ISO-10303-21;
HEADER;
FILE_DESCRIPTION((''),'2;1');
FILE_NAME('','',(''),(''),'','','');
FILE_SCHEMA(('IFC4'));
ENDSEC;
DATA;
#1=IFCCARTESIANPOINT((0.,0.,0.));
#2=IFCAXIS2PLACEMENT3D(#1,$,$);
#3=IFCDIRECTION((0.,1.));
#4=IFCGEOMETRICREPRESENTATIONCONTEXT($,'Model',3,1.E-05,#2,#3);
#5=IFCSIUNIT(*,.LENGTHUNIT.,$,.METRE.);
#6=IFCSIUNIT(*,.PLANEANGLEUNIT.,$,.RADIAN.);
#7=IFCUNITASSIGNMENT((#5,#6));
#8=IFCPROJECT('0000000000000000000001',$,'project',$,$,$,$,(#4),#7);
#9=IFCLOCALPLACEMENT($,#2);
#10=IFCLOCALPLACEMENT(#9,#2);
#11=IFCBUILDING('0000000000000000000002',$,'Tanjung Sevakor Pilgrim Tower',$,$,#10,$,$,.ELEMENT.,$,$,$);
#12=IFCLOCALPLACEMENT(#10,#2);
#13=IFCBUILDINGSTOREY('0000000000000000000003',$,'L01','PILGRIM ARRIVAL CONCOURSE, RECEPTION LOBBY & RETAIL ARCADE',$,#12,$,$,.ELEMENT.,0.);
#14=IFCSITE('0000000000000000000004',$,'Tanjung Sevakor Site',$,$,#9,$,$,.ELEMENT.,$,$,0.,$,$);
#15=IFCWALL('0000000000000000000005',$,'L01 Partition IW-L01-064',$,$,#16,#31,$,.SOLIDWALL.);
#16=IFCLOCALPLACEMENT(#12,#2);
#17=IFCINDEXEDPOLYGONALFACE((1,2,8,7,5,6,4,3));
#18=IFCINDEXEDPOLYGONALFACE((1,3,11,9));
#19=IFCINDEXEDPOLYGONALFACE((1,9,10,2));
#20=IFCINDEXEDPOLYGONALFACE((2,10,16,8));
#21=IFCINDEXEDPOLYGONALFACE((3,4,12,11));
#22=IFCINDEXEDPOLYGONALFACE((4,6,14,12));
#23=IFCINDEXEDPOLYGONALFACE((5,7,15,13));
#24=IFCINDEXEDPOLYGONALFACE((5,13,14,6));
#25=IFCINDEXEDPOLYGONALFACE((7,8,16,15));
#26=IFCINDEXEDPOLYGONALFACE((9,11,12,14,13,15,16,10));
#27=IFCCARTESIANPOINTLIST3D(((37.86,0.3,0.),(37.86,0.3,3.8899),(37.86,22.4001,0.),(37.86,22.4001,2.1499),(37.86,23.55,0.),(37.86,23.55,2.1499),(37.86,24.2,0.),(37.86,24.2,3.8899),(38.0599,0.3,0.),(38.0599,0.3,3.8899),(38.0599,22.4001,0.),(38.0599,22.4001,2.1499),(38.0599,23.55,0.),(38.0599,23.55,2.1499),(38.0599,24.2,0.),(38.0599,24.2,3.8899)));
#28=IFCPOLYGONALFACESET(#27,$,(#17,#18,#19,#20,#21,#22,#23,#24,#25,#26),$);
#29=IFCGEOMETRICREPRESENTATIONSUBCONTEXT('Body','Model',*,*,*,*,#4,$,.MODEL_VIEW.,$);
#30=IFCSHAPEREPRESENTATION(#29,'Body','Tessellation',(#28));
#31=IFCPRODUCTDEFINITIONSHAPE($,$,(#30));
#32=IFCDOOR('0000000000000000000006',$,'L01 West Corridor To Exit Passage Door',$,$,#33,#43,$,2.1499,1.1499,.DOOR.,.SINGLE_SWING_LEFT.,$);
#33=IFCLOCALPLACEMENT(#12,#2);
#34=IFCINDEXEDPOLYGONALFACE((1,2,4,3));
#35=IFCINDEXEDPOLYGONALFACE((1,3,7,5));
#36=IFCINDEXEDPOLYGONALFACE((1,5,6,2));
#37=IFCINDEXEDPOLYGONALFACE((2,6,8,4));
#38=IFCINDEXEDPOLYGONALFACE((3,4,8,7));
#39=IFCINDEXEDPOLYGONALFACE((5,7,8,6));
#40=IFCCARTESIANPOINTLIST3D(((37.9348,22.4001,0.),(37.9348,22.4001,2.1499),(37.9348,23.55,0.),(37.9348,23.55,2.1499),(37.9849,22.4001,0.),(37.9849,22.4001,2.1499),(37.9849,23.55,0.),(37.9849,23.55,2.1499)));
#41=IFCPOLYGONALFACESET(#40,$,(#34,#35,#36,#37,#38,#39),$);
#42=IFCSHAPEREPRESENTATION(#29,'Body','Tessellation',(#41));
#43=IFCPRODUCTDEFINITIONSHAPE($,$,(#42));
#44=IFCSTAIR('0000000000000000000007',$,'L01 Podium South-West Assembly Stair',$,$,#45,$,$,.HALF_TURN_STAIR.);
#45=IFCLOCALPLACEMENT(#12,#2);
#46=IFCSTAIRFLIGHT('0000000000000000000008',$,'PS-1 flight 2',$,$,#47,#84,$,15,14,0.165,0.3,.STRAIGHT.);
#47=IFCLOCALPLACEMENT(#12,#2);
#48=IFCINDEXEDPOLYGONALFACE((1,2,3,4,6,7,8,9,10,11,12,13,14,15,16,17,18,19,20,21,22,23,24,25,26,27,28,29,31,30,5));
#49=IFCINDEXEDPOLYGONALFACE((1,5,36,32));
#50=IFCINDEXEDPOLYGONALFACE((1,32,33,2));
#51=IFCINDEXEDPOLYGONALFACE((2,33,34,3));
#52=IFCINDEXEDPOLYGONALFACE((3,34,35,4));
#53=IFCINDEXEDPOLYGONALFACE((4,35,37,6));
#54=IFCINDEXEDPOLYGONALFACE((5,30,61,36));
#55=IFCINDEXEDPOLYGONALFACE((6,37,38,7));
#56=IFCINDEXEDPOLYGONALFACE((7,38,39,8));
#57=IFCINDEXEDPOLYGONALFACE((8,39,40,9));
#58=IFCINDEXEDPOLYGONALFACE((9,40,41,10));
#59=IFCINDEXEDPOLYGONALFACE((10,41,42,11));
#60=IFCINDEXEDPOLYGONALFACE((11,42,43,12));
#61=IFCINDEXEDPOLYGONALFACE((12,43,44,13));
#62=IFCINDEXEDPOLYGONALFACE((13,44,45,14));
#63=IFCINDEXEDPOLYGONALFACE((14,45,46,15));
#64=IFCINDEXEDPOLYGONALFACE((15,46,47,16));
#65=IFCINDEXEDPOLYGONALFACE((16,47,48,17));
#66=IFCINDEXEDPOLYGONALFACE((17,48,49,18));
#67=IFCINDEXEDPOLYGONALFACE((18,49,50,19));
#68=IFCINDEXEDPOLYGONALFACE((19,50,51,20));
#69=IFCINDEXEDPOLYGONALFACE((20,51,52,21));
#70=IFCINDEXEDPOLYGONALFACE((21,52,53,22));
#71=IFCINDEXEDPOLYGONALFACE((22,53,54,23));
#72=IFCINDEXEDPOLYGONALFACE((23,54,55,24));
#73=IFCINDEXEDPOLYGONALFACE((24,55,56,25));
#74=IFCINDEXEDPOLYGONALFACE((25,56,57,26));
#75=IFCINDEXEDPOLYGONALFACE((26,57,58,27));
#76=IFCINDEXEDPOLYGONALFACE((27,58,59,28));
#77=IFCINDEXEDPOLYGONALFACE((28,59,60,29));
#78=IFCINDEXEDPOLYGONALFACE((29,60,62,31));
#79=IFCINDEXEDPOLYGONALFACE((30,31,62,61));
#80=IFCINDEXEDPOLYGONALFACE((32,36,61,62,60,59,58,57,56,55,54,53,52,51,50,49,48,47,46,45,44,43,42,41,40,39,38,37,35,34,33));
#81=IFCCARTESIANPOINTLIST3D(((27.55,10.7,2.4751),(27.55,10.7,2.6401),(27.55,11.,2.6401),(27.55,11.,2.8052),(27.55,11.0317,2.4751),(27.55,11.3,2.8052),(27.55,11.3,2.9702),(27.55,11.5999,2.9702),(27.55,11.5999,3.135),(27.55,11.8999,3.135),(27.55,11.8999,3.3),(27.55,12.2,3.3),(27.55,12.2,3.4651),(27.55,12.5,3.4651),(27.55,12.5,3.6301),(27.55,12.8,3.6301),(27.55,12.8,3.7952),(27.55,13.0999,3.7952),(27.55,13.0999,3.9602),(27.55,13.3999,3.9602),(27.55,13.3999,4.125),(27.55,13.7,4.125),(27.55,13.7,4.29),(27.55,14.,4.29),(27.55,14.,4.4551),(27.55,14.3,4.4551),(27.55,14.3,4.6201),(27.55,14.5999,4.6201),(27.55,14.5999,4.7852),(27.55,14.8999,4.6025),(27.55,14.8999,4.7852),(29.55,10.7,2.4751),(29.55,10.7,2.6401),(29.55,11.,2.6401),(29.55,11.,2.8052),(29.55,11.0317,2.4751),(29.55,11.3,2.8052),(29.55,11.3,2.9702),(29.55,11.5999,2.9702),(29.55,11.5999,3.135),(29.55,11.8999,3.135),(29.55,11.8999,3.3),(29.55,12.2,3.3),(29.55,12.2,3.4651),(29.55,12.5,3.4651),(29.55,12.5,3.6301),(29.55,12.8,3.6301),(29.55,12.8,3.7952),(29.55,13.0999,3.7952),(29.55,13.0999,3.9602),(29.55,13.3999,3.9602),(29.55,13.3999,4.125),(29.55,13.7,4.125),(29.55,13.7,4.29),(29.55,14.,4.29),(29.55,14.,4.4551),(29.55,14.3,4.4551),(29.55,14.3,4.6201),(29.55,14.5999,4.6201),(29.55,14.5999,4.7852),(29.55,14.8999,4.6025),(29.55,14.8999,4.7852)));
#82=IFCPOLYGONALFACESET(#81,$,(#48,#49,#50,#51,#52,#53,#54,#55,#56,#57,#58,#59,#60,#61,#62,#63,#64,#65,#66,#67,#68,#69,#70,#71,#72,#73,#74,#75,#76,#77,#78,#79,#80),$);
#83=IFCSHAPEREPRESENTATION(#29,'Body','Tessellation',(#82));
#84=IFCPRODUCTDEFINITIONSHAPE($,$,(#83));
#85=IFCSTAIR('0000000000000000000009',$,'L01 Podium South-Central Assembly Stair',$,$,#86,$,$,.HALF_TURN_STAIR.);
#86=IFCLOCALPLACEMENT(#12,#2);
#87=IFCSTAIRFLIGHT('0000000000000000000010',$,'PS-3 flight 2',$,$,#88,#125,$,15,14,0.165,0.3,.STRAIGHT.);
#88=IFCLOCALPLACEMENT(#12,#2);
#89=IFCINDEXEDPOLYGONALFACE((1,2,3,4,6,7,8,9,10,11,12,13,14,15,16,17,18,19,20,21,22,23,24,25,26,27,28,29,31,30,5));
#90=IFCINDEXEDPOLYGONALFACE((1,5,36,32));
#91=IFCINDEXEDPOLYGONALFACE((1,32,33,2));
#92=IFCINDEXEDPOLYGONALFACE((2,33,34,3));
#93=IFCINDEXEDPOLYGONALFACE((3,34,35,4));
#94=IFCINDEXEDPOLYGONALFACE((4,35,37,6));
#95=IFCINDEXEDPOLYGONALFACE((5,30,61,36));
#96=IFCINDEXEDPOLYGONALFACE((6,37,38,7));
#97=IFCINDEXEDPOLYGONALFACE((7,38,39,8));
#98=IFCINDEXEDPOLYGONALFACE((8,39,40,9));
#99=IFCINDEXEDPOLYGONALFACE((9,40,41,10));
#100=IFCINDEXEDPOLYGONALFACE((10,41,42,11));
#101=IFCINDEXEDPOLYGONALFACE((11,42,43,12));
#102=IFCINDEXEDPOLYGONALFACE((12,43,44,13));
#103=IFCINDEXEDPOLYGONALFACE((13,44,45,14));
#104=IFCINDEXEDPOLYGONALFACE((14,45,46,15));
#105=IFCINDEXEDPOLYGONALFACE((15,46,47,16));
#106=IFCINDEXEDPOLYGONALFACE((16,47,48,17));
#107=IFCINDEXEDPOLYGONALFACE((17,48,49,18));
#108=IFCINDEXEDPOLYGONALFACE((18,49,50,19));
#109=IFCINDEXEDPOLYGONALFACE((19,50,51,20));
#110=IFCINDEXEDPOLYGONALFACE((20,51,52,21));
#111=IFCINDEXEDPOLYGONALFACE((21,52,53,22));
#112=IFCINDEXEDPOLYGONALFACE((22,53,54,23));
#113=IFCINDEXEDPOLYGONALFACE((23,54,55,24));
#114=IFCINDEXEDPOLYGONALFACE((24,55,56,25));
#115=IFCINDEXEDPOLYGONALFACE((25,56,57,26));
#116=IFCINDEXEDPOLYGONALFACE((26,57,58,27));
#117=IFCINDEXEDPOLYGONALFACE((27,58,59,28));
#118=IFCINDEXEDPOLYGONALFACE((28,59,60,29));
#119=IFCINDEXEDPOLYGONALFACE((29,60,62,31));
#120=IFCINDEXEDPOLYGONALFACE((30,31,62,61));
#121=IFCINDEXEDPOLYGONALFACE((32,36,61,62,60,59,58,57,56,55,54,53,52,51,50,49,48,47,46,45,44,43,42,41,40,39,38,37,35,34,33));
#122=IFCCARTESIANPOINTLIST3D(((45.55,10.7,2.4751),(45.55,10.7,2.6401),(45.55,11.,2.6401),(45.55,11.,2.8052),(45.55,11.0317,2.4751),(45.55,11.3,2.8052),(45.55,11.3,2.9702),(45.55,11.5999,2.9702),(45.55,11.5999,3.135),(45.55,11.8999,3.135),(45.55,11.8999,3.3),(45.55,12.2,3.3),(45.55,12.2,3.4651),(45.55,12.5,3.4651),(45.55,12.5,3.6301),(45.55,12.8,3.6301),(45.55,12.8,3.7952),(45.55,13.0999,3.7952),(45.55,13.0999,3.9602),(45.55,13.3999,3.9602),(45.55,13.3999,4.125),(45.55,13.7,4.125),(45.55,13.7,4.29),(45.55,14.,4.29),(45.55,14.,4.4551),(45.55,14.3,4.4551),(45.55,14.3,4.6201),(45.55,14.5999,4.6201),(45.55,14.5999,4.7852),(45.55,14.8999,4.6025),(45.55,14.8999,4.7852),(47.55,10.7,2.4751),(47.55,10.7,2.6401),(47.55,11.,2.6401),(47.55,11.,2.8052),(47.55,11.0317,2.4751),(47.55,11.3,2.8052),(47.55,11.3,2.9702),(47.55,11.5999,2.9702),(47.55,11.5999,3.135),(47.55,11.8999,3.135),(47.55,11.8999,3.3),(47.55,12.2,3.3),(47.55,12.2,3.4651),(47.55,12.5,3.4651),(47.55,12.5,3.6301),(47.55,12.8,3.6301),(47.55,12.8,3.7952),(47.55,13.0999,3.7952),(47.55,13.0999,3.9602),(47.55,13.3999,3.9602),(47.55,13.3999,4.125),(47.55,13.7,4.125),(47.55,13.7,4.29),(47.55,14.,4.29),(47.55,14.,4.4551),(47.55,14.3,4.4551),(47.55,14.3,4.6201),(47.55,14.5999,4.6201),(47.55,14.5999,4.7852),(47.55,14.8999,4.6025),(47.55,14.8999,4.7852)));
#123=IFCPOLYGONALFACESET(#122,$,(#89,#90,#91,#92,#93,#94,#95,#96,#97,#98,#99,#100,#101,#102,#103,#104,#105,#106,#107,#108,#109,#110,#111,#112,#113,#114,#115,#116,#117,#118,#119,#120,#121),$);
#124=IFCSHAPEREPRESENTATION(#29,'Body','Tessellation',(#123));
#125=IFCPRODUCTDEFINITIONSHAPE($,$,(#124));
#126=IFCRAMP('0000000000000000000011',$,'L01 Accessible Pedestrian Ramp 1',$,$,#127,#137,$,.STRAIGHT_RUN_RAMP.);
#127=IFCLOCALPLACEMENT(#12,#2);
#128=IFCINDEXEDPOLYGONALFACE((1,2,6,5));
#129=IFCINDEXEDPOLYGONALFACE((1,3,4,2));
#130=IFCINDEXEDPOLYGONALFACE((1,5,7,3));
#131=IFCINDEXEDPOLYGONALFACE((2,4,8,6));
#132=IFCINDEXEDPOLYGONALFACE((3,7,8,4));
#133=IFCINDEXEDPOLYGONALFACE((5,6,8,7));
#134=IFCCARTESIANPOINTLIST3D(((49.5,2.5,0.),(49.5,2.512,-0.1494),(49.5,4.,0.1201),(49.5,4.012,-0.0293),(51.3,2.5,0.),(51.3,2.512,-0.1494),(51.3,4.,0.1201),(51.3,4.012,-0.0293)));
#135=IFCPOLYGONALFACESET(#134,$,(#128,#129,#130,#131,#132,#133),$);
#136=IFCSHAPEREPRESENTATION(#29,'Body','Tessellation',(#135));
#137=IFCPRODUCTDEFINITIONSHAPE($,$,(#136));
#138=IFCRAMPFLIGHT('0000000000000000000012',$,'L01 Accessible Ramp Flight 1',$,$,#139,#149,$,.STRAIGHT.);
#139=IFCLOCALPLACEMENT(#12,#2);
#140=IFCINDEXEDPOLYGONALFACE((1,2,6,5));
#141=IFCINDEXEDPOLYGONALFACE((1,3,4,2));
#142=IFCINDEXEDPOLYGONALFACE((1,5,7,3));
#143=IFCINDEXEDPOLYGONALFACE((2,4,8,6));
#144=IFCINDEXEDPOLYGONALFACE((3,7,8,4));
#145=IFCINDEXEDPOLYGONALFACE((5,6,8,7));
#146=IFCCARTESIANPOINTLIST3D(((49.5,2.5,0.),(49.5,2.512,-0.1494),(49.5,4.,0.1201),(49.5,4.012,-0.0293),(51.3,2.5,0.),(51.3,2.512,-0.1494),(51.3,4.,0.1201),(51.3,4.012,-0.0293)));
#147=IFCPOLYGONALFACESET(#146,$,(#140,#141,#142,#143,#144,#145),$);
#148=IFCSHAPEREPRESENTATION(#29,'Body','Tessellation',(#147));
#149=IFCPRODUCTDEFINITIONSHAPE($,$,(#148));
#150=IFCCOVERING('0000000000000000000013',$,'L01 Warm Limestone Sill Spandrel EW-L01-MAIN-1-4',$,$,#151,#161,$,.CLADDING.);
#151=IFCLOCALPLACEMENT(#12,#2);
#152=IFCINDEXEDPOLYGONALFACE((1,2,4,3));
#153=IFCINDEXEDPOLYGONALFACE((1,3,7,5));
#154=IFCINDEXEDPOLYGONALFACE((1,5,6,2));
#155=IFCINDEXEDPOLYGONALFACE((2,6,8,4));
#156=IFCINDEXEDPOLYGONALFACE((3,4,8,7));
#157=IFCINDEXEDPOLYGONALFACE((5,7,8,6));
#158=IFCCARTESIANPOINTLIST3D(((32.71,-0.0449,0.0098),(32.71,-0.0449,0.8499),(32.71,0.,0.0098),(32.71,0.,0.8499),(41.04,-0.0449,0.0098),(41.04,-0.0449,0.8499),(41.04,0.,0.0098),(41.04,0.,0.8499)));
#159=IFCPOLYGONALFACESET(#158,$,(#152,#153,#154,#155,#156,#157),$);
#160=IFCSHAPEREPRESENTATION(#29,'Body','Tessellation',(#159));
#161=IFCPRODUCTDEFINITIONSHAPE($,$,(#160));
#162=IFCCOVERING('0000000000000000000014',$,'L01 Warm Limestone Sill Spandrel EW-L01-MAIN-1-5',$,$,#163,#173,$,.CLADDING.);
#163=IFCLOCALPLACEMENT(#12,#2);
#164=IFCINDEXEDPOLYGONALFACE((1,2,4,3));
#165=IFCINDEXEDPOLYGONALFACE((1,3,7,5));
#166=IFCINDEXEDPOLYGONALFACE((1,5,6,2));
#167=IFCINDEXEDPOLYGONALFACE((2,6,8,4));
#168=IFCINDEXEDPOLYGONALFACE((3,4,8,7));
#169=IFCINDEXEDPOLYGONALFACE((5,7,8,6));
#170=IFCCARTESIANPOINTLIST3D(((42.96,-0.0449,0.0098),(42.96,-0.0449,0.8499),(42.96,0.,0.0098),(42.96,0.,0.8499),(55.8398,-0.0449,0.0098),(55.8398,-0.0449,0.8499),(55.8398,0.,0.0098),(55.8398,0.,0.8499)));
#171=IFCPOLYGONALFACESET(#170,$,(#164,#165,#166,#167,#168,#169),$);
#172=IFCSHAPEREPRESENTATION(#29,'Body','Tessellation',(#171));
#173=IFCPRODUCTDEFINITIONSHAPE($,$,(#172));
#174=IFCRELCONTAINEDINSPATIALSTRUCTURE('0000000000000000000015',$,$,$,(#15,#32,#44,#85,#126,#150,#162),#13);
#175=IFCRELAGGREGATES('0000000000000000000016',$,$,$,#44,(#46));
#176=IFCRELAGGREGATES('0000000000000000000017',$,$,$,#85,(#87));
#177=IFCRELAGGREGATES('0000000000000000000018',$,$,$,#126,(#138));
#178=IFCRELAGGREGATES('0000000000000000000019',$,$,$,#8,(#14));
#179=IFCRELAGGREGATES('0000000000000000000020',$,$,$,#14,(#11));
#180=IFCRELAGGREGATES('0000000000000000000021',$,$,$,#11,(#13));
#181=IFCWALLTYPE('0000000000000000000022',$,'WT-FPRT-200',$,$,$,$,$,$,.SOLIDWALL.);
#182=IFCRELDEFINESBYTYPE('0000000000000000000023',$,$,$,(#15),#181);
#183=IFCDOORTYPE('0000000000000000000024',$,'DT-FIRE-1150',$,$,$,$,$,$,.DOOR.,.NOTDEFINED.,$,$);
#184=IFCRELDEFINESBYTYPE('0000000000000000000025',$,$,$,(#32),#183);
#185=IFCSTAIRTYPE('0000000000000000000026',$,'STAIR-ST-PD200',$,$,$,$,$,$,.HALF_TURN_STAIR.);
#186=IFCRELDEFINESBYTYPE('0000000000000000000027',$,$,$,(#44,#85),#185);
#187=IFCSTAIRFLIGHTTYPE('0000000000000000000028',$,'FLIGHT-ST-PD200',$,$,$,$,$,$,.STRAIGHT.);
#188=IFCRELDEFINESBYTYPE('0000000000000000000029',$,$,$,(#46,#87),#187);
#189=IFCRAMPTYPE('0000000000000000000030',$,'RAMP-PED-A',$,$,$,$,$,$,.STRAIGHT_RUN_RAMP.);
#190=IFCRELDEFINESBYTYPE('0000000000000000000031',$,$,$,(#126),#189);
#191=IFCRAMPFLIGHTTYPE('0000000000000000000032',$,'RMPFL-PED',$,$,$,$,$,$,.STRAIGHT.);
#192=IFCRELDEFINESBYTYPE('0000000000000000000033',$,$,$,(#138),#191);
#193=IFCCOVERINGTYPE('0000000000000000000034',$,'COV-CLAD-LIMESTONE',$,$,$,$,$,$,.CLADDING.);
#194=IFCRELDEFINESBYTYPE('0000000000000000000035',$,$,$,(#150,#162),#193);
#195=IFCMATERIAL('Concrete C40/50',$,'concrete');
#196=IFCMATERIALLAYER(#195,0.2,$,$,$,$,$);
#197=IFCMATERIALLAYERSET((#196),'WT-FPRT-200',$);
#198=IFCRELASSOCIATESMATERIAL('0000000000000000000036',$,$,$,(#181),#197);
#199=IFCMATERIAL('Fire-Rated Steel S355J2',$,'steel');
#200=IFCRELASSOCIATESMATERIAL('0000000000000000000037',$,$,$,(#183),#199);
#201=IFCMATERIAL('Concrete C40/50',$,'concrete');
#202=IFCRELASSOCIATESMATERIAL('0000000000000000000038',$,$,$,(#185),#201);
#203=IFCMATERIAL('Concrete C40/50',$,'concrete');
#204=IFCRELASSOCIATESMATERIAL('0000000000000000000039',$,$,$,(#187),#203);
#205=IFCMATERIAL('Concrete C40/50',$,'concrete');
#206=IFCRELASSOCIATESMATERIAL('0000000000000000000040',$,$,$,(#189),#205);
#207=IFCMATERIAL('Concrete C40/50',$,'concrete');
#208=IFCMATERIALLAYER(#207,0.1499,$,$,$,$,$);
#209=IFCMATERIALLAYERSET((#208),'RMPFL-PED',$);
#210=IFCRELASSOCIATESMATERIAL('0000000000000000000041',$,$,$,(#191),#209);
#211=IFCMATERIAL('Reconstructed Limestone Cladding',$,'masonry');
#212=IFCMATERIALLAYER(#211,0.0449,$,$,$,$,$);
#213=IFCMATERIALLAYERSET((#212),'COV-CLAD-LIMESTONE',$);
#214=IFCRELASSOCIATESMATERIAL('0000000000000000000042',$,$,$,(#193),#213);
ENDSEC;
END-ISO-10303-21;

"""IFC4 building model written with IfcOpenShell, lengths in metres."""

from ifc_helpers import new_model, si_unit, direction, frame, frame_2d, origin, origin_2d, place, context, subcontext, project, spatial, polyline, rectangle, outline, extrude, material, layer, layer_set, type_object, element, fill, aggregate, save


model = new_model("IFC4")

# Units and contexts
model_context = context("Model", 3, precision=1e-05, world=origin(), true_north=direction((0.0, 1.0)))
body_context = subcontext(model_context, "Body", "Model", "MODEL_VIEW")
ifc_project = project(units=[si_unit("LENGTHUNIT", "METRE"), si_unit("PLANEANGLEUNIT", "RADIAN")], contexts=[model_context])

# Site, building, storey
site_placement = place(None, origin())
site = spatial("IfcSite", under=ifc_project, at=site_placement, Name="Tanjung Sevakor Site", CompositionType="ELEMENT", RefElevation=0.0)
building_placement = place(site_placement, origin())
building = spatial("IfcBuilding", under=site, at=building_placement, Name="Tanjung Sevakor Pilgrim Tower", CompositionType="ELEMENT")
storey_placement = place(building_placement, origin())
storey = spatial("IfcBuildingStorey", under=building, at=storey_placement, Name="L01", Description="PILGRIM ARRIVAL CONCOURSE, RECEPTION LOBBY & RETAIL ARCADE", CompositionType="ELEMENT", Elevation=0.0)

# Wall, opening, door
ifc_material_1 = material(Name="Concrete C40/50", Category="concrete")
ifc_layer_1 = layer(ifc_material_1, 0.2)
ifc_layer_set_1 = layer_set([ifc_layer_1], Name="WT-FPRT-200")
wall_type_1 = type_object("IfcWallType", Name="WT-FPRT-200", PredefinedType="SOLIDWALL", material=ifc_layer_set_1)
wall_1_placement = place(storey_placement, frame((37.96, 0.3, 0.0), z_axis=(0.0, 0.0, 1.0), x_axis=(0.0, 1.0, 0.0)))
wall_1 = element("IfcWall", 1, at=wall_1_placement, inside=storey, type_object=wall_type_1, Name="L01 Partition IW-L01-064", PredefinedType="SOLIDWALL", context=body_context, shape_type="SweptSolid", body=[
    extrude(rectangle(XDim=23.8999, YDim=0.2, at=frame_2d((11.95, 0.0))), origin(), (0.0, 0.0, 1.0), 3.8899),
])
opening_placement = place(wall_1_placement, frame((22.1001, 0.0, 0.0)))
opening = element("IfcOpeningElement", 2, at=opening_placement, cuts=wall_1, PredefinedType="OPENING", context=body_context, shape_type="SweptSolid", body=[
    extrude(rectangle(XDim=1.1499, YDim=2.1499, at=frame_2d((0.575, 1.075))), frame((0.0, 0.1099, 0.0), z_axis=(0.0, -1.0, 0.0), x_axis=(1.0, 0.0, 0.0)), (0.0, 0.0, 1.0), 0.22),
])
ifc_material_2 = material(Name="Fire-Rated Steel S355J2", Category="steel")
door_type = type_object("IfcDoorType", Name="DT-FIRE-1150", OperationType="NOTDEFINED", PredefinedType="DOOR", material=ifc_material_2)
door_placement = place(opening_placement, frame((1.1499, 0.0, 0.0), z_axis=(0.0, 0.0, 1.0), x_axis=(-1.0, 0.0, 0.0)))
door = element("IfcDoor", 3, at=door_placement, inside=storey, type_object=door_type, Name="L01 West Corridor To Exit Passage Door", OperationType="SINGLE_SWING_LEFT", OverallHeight=2.1499, OverallWidth=1.1499, PredefinedType="DOOR", context=body_context, shape_type="SweptSolid", body=[
    extrude(rectangle(XDim=1.1499, YDim=2.1499, at=frame_2d((0.575, 1.075))), frame((0.0, 0.0249, 0.0), z_axis=(0.0, -1.0, 0.0), x_axis=(1.0, 0.0, 0.0)), (0.0, 0.0, 1.0), 0.05),
])
fill(opening, door)

# Stairs, stair flights
ifc_material_3 = material(Name="Concrete C40/50", Category="concrete")
stair_type = type_object("IfcStairType", Name="STAIR-ST-PD200", PredefinedType="HALF_TURN_STAIR", material=ifc_material_3)
stair_1_placement = place(storey_placement, origin())
stair_1 = element("IfcStair", 4, at=stair_1_placement, inside=storey, type_object=stair_type, Name="L01 Podium South-West Assembly Stair", PredefinedType="HALF_TURN_STAIR")
ifc_material_4 = material(Name="Concrete C40/50", Category="concrete")
stair_flight_type = type_object("IfcStairFlightType", Name="FLIGHT-ST-PD200", PredefinedType="STRAIGHT", material=ifc_material_4)
stair_flight_1_placement = place(storey_placement, frame((28.55, 10.7, 2.4751), z_axis=(0.0, 0.0, 1.0), x_axis=(0.0, 1.0, 0.0)))
stair_flight_1 = element("IfcStairFlight", 5, at=stair_flight_1_placement, type_object=stair_flight_type, Name="PS-1 flight 2", NumberOfRisers=15, NumberOfTreads=14, PredefinedType="STRAIGHT", RiserHeight=0.165, TreadLength=0.3, context=body_context, shape_type="SweptSolid", body=[
    extrude(outline(polyline([(0.0, 0.0), (0.0, 0.165), (0.3, 0.165), (0.3, 0.3301), (0.6001, 0.3301), (0.6001, 0.4951), (0.8999, 0.4951), (0.8999, 0.6599), (1.2, 0.6599), (1.2, 0.825), (1.5, 0.825), (1.5, 0.99), (1.8, 0.99), (1.8, 1.155), (2.1001, 1.155), (2.1001, 1.3201), (2.3999, 1.3201), (2.3999, 1.4851), (2.7, 1.4851), (2.7, 1.6499), (3.0, 1.6499), (3.0, 1.8149), (3.3, 1.8149), (3.3, 1.98), (3.6001, 1.98), (3.6001, 2.145), (3.8999, 2.145), (3.8999, 2.3101), (4.2, 2.3101), (4.2, 2.4751), (4.2, 2.1274), (0.3318, 0.0), (0.0, 0.0)])), frame((0.0, 1.0, 0.0), z_axis=(0.0, -1.0, 0.0), x_axis=(1.0, 0.0, 0.0)), (0.0, 0.0, 1.0), 2.0),
])
aggregate(stair_1, [stair_flight_1])
stair_2_placement = place(storey_placement, origin())
stair_2 = element("IfcStair", 6, at=stair_2_placement, inside=storey, type_object=stair_type, Name="L01 Podium South-Central Assembly Stair", PredefinedType="HALF_TURN_STAIR")
stair_flight_2_placement = place(storey_placement, frame((46.55, 10.7, 2.4751), z_axis=(0.0, 0.0, 1.0), x_axis=(0.0, 1.0, 0.0)))
stair_flight_2 = element("IfcStairFlight", 7, at=stair_flight_2_placement, type_object=stair_flight_type, Name="PS-3 flight 2", NumberOfRisers=15, NumberOfTreads=14, PredefinedType="STRAIGHT", RiserHeight=0.165, TreadLength=0.3, context=body_context, shape_type="SweptSolid", body=[
    extrude(outline(polyline([(0.0, 0.0), (0.0, 0.165), (0.3, 0.165), (0.3, 0.3301), (0.6001, 0.3301), (0.6001, 0.4951), (0.8999, 0.4951), (0.8999, 0.6599), (1.2, 0.6599), (1.2, 0.825), (1.5, 0.825), (1.5, 0.99), (1.8, 0.99), (1.8, 1.155), (2.1001, 1.155), (2.1001, 1.3201), (2.3999, 1.3201), (2.3999, 1.4851), (2.7, 1.4851), (2.7, 1.6499), (3.0, 1.6499), (3.0, 1.8149), (3.3, 1.8149), (3.3, 1.98), (3.6001, 1.98), (3.6001, 2.145), (3.8999, 2.145), (3.8999, 2.3101), (4.2, 2.3101), (4.2, 2.4751), (4.2, 2.1274), (0.3318, 0.0), (0.0, 0.0)])), frame((0.0, 1.0, 0.0), z_axis=(0.0, -1.0, 0.0), x_axis=(1.0, 0.0, 0.0)), (0.0, 0.0, 1.0), 2.0),
])
aggregate(stair_2, [stair_flight_2])

# Ramp, ramp flight
ifc_material_5 = material(Name="Concrete C40/50", Category="concrete")
ramp_type = type_object("IfcRampType", Name="RAMP-PED-A", PredefinedType="STRAIGHT_RUN_RAMP", material=ifc_material_5)
ramp_placement = place(storey_placement, frame((49.5, 2.5, 0.0), z_axis=(0.0, -0.079823, 0.996809), x_axis=(1.0, 0.0, 0.0)))
ramp = element("IfcRamp", 8, at=ramp_placement, inside=storey, type_object=ramp_type, Name="L01 Accessible Pedestrian Ramp 1", PredefinedType="STRAIGHT_RUN_RAMP", context=body_context, shape_type="SweptSolid", body=[
    extrude(outline(polyline([(0.0, 0.0), (1.8, 0.0), (1.8, 1.5048), (0.0, 1.5048), (0.0, 0.0)])), origin(), (0.0, 0.0, -1.0), 0.1499),
])
ifc_material_6 = material(Name="Concrete C40/50", Category="concrete")
ifc_layer_2 = layer(ifc_material_6, 0.1499)
ifc_layer_set_2 = layer_set([ifc_layer_2], Name="RMPFL-PED")
ramp_flight_type = type_object("IfcRampFlightType", Name="RMPFL-PED", PredefinedType="STRAIGHT", material=ifc_layer_set_2)
ramp_flight_placement = place(storey_placement, frame((49.5, 2.5, 0.0), z_axis=(0.0, -0.079823, 0.996809), x_axis=(1.0, 0.0, 0.0)))
ramp_flight = element("IfcRampFlight", 9, at=ramp_flight_placement, type_object=ramp_flight_type, Name="L01 Accessible Ramp Flight 1", PredefinedType="STRAIGHT", context=body_context, shape_type="SweptSolid", body=[
    extrude(outline(polyline([(0.0, 0.0), (1.8, 0.0), (1.8, 1.5048), (0.0, 1.5048), (0.0, 0.0)])), origin(), (0.0, 0.0, -1.0), 0.1499),
])
aggregate(ramp, [ramp_flight])

# Coverings
ifc_material_7 = material(Name="Reconstructed Limestone Cladding", Category="masonry")
ifc_layer_3 = layer(ifc_material_7, 0.0449)
ifc_layer_set_3 = layer_set([ifc_layer_3], Name="COV-CLAD-LIMESTONE")
covering_type = type_object("IfcCoveringType", Name="COV-CLAD-LIMESTONE", PredefinedType="CLADDING", material=ifc_layer_set_3)
covering_1_placement = place(storey_placement, frame((36.875, -0.0225, 0.0098), z_axis=(0.0, 0.0, 1.0), x_axis=(1.0, 0.0, 0.0)))
element("IfcCovering", 10, at=covering_1_placement, inside=storey, type_object=covering_type, Name="L01 Warm Limestone Sill Spandrel EW-L01-MAIN-1-4", PredefinedType="CLADDING", context=body_context, shape_type="SweptSolid", body=[
    extrude(rectangle(XDim=8.3301, YDim=0.0449, at=origin_2d()), origin(), (0.0, 0.0, 1.0), 0.8401),
])
covering_2_placement = place(storey_placement, frame((49.3999, -0.0225, 0.0098), z_axis=(0.0, 0.0, 1.0), x_axis=(1.0, 0.0, 0.0)))
element("IfcCovering", 11, at=covering_2_placement, inside=storey, type_object=covering_type, Name="L01 Warm Limestone Sill Spandrel EW-L01-MAIN-1-5", PredefinedType="CLADDING", context=body_context, shape_type="SweptSolid", body=[
    extrude(rectangle(XDim=12.8799, YDim=0.0449, at=origin_2d()), origin(), (0.0, 0.0, 1.0), 0.8401),
])

save(model, "model.ifc")
